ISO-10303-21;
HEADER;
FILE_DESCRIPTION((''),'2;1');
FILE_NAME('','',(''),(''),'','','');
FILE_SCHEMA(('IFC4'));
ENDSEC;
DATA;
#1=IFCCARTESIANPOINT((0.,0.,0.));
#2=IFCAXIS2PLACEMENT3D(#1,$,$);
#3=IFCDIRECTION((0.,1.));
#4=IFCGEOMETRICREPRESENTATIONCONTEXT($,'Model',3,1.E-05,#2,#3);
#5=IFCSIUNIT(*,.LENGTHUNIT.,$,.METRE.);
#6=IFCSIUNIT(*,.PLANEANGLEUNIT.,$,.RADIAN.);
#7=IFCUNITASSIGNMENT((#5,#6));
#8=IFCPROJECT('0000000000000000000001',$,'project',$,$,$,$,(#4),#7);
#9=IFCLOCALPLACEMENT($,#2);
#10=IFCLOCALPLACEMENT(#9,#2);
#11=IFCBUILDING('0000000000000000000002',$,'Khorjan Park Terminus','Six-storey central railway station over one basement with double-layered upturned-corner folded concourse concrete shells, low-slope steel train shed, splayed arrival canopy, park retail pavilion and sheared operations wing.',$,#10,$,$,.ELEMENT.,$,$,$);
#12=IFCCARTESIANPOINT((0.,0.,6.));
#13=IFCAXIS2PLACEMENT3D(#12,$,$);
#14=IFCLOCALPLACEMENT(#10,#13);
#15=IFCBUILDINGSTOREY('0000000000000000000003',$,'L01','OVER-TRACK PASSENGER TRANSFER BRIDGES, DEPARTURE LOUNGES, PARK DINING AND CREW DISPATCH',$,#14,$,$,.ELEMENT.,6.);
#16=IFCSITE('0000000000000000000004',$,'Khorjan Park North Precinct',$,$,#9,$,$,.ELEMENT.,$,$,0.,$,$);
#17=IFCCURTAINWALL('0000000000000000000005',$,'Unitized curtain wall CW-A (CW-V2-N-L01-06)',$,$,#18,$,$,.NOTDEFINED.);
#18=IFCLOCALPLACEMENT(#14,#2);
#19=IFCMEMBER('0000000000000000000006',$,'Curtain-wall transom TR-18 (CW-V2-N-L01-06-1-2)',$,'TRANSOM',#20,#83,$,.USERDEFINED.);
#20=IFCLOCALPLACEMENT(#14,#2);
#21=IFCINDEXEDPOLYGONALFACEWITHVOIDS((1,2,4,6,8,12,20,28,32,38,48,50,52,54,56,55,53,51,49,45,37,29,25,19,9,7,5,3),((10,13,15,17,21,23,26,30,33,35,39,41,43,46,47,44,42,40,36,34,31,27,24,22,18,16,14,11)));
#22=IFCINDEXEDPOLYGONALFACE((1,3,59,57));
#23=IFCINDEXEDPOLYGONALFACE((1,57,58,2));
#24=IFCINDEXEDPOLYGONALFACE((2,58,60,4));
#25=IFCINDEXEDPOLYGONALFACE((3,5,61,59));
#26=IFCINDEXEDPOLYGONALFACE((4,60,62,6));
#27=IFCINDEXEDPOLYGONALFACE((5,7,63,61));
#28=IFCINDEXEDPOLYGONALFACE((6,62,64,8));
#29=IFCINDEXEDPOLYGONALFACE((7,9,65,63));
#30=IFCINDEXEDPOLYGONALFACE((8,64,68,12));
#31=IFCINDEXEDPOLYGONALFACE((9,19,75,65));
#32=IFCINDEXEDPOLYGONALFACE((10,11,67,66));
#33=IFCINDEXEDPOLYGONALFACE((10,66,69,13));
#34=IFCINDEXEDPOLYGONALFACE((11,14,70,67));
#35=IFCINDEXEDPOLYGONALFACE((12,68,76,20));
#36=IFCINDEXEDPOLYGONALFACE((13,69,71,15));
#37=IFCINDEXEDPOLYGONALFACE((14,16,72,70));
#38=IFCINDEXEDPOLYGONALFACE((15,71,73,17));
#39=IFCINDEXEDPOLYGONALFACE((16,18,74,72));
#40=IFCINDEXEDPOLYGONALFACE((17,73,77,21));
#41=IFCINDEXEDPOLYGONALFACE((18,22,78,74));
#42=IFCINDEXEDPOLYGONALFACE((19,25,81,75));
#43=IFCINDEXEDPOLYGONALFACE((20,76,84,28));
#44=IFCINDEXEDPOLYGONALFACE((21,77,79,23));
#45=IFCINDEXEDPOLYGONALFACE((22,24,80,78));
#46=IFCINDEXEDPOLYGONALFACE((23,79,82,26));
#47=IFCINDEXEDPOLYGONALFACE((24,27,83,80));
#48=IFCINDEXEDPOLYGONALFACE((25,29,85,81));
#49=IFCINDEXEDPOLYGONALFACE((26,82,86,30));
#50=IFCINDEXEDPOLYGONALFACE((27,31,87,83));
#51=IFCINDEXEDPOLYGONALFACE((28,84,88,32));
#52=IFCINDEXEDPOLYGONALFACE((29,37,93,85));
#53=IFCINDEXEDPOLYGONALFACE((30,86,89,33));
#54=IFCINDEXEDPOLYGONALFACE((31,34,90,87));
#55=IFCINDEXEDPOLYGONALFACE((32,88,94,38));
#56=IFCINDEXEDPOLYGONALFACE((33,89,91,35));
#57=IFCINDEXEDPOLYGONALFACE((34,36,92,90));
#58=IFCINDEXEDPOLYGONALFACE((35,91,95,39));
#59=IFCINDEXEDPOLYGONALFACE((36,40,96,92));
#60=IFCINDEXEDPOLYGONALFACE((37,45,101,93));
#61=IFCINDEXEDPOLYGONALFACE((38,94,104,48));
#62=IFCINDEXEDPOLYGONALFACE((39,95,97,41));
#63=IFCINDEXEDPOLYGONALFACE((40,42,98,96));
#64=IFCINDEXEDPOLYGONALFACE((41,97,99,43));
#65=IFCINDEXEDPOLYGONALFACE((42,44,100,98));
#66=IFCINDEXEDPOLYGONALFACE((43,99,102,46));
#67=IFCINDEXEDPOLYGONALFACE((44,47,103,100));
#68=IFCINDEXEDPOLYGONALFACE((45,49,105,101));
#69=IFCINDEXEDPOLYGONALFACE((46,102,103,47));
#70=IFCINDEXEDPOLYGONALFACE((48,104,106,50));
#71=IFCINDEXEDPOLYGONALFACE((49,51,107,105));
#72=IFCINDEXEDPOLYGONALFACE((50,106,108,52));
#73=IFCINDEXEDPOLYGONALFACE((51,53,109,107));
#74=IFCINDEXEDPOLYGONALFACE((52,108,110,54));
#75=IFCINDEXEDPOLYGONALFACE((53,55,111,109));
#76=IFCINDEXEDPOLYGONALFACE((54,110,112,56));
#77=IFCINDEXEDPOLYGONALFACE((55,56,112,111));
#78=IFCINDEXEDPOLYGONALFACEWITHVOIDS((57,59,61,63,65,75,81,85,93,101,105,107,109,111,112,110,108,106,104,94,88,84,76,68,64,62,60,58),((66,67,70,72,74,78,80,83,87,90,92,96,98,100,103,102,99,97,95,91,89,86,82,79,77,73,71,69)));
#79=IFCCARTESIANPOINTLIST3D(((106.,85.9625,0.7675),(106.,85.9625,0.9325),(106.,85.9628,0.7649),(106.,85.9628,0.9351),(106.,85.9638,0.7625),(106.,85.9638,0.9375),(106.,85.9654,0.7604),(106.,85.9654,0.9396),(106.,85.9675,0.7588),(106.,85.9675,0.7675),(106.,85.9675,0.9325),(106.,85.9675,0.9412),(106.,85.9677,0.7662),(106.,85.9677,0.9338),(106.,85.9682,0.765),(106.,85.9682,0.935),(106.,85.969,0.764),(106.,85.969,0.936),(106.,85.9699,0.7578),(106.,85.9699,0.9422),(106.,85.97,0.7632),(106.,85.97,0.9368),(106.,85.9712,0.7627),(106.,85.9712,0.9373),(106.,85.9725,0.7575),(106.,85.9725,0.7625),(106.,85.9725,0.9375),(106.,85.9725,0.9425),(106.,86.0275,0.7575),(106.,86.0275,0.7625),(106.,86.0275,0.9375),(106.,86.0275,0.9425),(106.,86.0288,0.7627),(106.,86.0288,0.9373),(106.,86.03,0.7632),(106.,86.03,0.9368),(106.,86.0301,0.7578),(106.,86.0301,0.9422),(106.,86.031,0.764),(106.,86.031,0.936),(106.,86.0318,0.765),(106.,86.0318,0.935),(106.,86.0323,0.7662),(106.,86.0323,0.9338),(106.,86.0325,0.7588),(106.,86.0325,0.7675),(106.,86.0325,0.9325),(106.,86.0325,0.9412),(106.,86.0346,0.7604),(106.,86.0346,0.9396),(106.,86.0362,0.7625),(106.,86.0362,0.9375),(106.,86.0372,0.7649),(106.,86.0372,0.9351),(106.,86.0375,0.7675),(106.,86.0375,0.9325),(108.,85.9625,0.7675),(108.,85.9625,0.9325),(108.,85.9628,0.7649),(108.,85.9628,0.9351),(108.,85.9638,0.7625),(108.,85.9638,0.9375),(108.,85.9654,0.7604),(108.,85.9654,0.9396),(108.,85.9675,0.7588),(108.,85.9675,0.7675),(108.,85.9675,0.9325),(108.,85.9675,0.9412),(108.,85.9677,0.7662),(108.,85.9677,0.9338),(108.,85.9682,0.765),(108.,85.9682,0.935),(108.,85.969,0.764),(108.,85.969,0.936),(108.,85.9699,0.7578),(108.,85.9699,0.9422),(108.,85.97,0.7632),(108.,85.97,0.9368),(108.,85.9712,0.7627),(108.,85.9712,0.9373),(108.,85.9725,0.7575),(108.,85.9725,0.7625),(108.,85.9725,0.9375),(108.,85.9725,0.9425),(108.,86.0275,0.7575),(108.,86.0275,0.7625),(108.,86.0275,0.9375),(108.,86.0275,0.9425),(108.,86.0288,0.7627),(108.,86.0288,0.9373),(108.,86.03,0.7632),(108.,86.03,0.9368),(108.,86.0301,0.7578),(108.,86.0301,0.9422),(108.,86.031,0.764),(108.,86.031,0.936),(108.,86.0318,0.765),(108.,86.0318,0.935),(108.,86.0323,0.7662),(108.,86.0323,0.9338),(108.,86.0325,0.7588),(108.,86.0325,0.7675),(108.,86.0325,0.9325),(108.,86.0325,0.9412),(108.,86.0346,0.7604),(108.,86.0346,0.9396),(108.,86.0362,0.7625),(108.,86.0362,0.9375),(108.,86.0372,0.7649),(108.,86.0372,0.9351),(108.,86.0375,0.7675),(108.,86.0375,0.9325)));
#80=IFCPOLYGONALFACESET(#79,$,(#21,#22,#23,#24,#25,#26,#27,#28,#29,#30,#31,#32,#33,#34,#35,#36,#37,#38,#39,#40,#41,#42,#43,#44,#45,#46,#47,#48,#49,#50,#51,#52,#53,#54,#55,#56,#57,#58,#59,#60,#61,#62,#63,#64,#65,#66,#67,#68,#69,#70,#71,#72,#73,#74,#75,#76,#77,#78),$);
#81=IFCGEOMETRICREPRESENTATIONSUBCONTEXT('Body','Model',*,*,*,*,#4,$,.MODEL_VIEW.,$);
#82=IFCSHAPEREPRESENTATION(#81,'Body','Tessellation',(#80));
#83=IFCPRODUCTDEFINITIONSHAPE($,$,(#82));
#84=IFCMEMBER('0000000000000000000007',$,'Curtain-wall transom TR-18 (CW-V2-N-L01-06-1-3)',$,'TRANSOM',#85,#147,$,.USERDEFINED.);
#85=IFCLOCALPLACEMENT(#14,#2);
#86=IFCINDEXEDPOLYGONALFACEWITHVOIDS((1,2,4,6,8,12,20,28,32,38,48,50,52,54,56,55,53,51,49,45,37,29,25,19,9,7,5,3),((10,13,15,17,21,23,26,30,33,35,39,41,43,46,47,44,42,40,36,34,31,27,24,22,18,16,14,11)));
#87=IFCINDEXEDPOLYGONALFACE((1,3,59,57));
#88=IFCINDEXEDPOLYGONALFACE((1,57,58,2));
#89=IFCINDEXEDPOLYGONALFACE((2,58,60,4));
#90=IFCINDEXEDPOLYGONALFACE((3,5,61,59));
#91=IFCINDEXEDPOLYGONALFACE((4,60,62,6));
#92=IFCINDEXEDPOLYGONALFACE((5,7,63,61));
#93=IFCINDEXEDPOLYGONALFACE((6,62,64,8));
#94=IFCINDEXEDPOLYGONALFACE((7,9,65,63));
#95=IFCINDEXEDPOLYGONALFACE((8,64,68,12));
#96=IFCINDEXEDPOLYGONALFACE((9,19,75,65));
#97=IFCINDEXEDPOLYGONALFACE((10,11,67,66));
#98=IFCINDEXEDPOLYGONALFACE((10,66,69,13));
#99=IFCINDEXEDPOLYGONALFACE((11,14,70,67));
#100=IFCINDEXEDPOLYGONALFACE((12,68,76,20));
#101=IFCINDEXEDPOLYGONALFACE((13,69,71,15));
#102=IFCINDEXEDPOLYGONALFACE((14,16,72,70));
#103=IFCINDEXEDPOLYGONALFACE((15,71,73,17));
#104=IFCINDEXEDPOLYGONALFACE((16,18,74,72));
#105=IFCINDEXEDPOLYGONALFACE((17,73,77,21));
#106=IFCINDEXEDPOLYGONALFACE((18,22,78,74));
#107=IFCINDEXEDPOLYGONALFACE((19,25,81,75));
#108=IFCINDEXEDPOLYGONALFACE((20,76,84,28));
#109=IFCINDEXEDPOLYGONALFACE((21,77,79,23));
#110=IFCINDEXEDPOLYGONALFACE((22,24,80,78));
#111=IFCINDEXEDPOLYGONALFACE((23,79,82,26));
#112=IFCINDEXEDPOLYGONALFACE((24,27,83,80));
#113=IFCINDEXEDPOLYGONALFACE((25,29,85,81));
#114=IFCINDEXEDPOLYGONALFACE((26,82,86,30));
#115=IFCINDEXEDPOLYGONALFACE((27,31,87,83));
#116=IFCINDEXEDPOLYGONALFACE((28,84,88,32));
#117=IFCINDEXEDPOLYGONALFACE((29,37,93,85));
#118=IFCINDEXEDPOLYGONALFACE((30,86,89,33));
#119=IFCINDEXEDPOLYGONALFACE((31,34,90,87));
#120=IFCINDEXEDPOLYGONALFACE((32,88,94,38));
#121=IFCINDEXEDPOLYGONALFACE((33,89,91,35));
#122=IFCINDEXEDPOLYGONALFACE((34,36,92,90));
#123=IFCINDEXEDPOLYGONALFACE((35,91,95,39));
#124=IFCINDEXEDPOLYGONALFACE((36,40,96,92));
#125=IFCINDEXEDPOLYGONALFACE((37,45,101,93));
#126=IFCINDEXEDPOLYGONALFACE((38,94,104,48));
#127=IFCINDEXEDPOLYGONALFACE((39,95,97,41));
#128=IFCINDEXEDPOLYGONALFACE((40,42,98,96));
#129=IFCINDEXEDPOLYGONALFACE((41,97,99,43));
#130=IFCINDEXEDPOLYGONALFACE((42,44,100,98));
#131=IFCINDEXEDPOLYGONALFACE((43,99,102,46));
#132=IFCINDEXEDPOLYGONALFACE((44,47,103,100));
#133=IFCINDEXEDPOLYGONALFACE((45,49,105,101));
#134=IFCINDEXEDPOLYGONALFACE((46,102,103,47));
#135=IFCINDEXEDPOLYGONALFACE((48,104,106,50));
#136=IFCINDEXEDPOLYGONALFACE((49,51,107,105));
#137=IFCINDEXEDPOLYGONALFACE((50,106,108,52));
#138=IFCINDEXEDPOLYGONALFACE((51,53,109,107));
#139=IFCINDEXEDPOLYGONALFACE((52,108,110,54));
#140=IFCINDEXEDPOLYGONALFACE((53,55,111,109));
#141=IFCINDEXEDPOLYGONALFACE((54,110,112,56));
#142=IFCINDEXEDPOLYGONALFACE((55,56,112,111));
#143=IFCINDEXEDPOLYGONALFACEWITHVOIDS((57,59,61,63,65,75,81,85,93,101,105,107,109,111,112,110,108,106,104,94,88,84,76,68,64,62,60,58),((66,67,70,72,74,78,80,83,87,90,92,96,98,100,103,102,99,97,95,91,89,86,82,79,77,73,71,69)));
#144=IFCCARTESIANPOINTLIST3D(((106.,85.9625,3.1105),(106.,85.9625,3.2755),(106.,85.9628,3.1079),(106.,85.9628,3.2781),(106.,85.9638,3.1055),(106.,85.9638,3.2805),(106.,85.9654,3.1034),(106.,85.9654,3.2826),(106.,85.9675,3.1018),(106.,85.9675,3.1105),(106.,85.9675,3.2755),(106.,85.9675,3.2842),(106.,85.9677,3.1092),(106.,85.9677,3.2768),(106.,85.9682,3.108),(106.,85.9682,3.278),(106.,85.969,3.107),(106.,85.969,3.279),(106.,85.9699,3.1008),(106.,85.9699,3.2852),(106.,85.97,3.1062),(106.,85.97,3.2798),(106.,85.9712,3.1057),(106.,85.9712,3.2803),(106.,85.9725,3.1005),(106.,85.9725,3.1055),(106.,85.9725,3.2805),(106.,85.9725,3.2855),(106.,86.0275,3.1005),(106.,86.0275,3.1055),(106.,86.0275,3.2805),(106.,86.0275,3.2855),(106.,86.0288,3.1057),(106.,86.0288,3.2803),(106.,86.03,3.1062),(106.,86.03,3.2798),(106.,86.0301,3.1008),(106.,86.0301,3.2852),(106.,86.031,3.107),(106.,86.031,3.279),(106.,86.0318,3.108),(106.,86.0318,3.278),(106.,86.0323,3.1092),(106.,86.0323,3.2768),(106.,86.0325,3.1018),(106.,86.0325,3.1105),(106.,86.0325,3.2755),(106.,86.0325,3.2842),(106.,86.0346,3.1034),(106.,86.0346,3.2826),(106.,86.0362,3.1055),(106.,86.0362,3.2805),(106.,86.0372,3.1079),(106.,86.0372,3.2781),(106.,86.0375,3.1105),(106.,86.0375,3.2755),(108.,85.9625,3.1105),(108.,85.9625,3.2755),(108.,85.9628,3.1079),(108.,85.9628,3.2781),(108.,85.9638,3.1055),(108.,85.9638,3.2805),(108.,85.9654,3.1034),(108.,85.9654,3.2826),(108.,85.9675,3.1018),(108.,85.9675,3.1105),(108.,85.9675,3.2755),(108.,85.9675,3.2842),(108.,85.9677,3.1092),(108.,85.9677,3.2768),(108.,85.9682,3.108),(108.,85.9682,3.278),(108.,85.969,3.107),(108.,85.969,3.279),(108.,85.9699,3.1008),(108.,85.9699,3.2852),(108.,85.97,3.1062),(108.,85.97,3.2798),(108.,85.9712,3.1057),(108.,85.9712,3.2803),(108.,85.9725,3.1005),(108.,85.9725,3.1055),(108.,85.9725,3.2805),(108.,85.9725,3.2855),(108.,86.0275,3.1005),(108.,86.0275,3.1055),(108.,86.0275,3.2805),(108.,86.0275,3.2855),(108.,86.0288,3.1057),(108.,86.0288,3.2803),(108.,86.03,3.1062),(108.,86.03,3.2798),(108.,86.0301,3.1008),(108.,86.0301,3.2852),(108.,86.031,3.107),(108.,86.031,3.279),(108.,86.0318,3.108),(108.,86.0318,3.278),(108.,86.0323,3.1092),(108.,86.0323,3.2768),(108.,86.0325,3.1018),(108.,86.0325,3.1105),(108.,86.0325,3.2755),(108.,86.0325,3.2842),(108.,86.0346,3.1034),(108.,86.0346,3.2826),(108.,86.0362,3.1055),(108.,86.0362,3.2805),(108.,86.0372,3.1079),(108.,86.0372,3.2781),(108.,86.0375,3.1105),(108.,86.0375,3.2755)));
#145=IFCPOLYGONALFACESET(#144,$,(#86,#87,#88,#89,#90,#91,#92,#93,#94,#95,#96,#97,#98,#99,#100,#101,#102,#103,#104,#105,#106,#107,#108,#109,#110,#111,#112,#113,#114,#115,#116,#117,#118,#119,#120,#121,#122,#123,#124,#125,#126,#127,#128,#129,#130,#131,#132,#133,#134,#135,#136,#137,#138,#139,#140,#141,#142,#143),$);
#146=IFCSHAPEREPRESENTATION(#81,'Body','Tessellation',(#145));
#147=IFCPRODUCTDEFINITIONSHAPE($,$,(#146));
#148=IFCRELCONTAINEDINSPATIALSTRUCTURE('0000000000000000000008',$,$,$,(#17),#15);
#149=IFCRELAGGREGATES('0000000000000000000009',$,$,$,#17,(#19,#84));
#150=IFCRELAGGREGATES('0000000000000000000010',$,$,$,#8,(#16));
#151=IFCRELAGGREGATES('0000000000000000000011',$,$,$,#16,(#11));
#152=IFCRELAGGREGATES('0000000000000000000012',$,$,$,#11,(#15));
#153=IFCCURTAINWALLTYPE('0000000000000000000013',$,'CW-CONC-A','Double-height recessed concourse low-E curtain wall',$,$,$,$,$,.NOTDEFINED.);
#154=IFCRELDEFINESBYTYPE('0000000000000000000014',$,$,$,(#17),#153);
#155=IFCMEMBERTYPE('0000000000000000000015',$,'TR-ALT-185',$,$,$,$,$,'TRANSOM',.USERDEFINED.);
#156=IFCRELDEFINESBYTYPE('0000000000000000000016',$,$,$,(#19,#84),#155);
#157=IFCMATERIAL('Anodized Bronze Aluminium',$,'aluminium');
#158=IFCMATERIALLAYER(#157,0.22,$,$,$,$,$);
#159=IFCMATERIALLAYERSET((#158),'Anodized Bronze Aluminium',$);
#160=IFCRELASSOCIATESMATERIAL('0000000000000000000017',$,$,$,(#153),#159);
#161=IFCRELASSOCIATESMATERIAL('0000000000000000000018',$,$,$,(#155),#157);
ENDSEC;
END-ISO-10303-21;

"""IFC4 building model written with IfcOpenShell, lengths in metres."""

from ifc_helpers import new_model, si_unit, direction, frame, origin, origin_2d, place, context, subcontext, project, spatial, hollow_rectangle, extrude, material, layer, layer_set, material_profile, profile_set, type_object, element, aggregate, save


model = new_model("IFC4")

# Units and contexts
model_context = context("Model", 3, precision=1e-05, world=origin(), true_north=direction((0.0, 1.0)))
body_context = subcontext(model_context, "Body", "Model", "MODEL_VIEW")
ifc_project = project(units=[si_unit("LENGTHUNIT", "METRE"), si_unit("PLANEANGLEUNIT", "RADIAN")], contexts=[model_context])

# Site, building, storey
site_placement = place(None, origin())
site = spatial("IfcSite", under=ifc_project, at=site_placement, Name="Khorjan Park North Precinct", CompositionType="ELEMENT", RefElevation=0.0)
building_placement = place(site_placement, origin())
building = spatial("IfcBuilding", under=site, at=building_placement, Name="Khorjan Park Terminus", Description="Six-storey central railway station over one basement with double-layered upturned-corner folded concourse concrete shells, low-slope steel train shed, splayed arrival canopy, park retail pavilion and sheared operations wing.", CompositionType="ELEMENT")
storey_placement = place(building_placement, frame((0.0, 0.0, 6.0)))
storey = spatial("IfcBuildingStorey", under=building, at=storey_placement, Name="L01", Description="OVER-TRACK PASSENGER TRANSFER BRIDGES, DEPARTURE LOUNGES, PARK DINING AND CREW DISPATCH", CompositionType="ELEMENT", Elevation=6.0)

# Curtain wall
ifc_material_1 = material(Name="Anodized Bronze Aluminium", Category="aluminium")
ifc_layer_1 = layer(ifc_material_1, 0.22)
ifc_layer_set_1 = layer_set([ifc_layer_1], Name="Anodized Bronze Aluminium")
curtain_wall_type_1 = type_object("IfcCurtainWallType", Name="CW-CONC-A", Description="Double-height recessed concourse low-E curtain wall", PredefinedType="NOTDEFINED", material=ifc_layer_set_1)
curtain_wall_1_placement = place(storey_placement, origin())
curtain_wall_1 = element("IfcCurtainWall", 1, at=curtain_wall_1_placement, inside=storey, type_object=curtain_wall_type_1, Name="Unitized curtain wall CW-A (CW-V2-N-L01-06)", PredefinedType="NOTDEFINED")

# Members
ifc_material_profile_1 = material_profile(ifc_material_1, hollow_rectangle(XDim=0.075, YDim=0.185, WallThickness=0.005, InnerFilletRadius=0.005, OuterFilletRadius=0.01, at=origin_2d()), Name="ALT 75x185x5")
ifc_profile_set_1 = profile_set([ifc_material_profile_1], Name="Anodized Bronze Aluminium")
member_type_1 = type_object("IfcMemberType", Name="TR-ALT-185", ElementType="TRANSOM", PredefinedType="USERDEFINED", material=ifc_profile_set_1)
member_1_placement = place(storey_placement, frame((108.0, 86.0, 0.85), z_axis=(-1.0, 0.0, 0.0), x_axis=(0.0, -1.0, 0.0)))
member_1 = element("IfcMember", 2, at=member_1_placement, type_object=member_type_1, Name="Curtain-wall transom TR-18 (CW-V2-N-L01-06-1-2)", ObjectType="TRANSOM", PredefinedType="USERDEFINED", context=body_context, shape_type="SweptSolid", body=[
    extrude(hollow_rectangle(XDim=0.075, YDim=0.185, WallThickness=0.005, InnerFilletRadius=0.005, OuterFilletRadius=0.01, at=origin_2d()), origin(), (0.0, 0.0, 1.0), 2.0),
])
member_2_placement = place(storey_placement, frame((108.0, 86.0, 3.193), z_axis=(-1.0, 0.0, 0.0), x_axis=(0.0, -1.0, 0.0)))
member_2 = element("IfcMember", 3, at=member_2_placement, type_object=member_type_1, Name="Curtain-wall transom TR-18 (CW-V2-N-L01-06-1-3)", ObjectType="TRANSOM", PredefinedType="USERDEFINED", context=body_context, shape_type="SweptSolid", body=[
    extrude(hollow_rectangle(XDim=0.075, YDim=0.185, WallThickness=0.005, InnerFilletRadius=0.005, OuterFilletRadius=0.01, at=origin_2d()), origin(), (0.0, 0.0, 1.0), 2.0),
])

aggregate(curtain_wall_1, [member_1, member_2])

save(model, "model.ifc")
